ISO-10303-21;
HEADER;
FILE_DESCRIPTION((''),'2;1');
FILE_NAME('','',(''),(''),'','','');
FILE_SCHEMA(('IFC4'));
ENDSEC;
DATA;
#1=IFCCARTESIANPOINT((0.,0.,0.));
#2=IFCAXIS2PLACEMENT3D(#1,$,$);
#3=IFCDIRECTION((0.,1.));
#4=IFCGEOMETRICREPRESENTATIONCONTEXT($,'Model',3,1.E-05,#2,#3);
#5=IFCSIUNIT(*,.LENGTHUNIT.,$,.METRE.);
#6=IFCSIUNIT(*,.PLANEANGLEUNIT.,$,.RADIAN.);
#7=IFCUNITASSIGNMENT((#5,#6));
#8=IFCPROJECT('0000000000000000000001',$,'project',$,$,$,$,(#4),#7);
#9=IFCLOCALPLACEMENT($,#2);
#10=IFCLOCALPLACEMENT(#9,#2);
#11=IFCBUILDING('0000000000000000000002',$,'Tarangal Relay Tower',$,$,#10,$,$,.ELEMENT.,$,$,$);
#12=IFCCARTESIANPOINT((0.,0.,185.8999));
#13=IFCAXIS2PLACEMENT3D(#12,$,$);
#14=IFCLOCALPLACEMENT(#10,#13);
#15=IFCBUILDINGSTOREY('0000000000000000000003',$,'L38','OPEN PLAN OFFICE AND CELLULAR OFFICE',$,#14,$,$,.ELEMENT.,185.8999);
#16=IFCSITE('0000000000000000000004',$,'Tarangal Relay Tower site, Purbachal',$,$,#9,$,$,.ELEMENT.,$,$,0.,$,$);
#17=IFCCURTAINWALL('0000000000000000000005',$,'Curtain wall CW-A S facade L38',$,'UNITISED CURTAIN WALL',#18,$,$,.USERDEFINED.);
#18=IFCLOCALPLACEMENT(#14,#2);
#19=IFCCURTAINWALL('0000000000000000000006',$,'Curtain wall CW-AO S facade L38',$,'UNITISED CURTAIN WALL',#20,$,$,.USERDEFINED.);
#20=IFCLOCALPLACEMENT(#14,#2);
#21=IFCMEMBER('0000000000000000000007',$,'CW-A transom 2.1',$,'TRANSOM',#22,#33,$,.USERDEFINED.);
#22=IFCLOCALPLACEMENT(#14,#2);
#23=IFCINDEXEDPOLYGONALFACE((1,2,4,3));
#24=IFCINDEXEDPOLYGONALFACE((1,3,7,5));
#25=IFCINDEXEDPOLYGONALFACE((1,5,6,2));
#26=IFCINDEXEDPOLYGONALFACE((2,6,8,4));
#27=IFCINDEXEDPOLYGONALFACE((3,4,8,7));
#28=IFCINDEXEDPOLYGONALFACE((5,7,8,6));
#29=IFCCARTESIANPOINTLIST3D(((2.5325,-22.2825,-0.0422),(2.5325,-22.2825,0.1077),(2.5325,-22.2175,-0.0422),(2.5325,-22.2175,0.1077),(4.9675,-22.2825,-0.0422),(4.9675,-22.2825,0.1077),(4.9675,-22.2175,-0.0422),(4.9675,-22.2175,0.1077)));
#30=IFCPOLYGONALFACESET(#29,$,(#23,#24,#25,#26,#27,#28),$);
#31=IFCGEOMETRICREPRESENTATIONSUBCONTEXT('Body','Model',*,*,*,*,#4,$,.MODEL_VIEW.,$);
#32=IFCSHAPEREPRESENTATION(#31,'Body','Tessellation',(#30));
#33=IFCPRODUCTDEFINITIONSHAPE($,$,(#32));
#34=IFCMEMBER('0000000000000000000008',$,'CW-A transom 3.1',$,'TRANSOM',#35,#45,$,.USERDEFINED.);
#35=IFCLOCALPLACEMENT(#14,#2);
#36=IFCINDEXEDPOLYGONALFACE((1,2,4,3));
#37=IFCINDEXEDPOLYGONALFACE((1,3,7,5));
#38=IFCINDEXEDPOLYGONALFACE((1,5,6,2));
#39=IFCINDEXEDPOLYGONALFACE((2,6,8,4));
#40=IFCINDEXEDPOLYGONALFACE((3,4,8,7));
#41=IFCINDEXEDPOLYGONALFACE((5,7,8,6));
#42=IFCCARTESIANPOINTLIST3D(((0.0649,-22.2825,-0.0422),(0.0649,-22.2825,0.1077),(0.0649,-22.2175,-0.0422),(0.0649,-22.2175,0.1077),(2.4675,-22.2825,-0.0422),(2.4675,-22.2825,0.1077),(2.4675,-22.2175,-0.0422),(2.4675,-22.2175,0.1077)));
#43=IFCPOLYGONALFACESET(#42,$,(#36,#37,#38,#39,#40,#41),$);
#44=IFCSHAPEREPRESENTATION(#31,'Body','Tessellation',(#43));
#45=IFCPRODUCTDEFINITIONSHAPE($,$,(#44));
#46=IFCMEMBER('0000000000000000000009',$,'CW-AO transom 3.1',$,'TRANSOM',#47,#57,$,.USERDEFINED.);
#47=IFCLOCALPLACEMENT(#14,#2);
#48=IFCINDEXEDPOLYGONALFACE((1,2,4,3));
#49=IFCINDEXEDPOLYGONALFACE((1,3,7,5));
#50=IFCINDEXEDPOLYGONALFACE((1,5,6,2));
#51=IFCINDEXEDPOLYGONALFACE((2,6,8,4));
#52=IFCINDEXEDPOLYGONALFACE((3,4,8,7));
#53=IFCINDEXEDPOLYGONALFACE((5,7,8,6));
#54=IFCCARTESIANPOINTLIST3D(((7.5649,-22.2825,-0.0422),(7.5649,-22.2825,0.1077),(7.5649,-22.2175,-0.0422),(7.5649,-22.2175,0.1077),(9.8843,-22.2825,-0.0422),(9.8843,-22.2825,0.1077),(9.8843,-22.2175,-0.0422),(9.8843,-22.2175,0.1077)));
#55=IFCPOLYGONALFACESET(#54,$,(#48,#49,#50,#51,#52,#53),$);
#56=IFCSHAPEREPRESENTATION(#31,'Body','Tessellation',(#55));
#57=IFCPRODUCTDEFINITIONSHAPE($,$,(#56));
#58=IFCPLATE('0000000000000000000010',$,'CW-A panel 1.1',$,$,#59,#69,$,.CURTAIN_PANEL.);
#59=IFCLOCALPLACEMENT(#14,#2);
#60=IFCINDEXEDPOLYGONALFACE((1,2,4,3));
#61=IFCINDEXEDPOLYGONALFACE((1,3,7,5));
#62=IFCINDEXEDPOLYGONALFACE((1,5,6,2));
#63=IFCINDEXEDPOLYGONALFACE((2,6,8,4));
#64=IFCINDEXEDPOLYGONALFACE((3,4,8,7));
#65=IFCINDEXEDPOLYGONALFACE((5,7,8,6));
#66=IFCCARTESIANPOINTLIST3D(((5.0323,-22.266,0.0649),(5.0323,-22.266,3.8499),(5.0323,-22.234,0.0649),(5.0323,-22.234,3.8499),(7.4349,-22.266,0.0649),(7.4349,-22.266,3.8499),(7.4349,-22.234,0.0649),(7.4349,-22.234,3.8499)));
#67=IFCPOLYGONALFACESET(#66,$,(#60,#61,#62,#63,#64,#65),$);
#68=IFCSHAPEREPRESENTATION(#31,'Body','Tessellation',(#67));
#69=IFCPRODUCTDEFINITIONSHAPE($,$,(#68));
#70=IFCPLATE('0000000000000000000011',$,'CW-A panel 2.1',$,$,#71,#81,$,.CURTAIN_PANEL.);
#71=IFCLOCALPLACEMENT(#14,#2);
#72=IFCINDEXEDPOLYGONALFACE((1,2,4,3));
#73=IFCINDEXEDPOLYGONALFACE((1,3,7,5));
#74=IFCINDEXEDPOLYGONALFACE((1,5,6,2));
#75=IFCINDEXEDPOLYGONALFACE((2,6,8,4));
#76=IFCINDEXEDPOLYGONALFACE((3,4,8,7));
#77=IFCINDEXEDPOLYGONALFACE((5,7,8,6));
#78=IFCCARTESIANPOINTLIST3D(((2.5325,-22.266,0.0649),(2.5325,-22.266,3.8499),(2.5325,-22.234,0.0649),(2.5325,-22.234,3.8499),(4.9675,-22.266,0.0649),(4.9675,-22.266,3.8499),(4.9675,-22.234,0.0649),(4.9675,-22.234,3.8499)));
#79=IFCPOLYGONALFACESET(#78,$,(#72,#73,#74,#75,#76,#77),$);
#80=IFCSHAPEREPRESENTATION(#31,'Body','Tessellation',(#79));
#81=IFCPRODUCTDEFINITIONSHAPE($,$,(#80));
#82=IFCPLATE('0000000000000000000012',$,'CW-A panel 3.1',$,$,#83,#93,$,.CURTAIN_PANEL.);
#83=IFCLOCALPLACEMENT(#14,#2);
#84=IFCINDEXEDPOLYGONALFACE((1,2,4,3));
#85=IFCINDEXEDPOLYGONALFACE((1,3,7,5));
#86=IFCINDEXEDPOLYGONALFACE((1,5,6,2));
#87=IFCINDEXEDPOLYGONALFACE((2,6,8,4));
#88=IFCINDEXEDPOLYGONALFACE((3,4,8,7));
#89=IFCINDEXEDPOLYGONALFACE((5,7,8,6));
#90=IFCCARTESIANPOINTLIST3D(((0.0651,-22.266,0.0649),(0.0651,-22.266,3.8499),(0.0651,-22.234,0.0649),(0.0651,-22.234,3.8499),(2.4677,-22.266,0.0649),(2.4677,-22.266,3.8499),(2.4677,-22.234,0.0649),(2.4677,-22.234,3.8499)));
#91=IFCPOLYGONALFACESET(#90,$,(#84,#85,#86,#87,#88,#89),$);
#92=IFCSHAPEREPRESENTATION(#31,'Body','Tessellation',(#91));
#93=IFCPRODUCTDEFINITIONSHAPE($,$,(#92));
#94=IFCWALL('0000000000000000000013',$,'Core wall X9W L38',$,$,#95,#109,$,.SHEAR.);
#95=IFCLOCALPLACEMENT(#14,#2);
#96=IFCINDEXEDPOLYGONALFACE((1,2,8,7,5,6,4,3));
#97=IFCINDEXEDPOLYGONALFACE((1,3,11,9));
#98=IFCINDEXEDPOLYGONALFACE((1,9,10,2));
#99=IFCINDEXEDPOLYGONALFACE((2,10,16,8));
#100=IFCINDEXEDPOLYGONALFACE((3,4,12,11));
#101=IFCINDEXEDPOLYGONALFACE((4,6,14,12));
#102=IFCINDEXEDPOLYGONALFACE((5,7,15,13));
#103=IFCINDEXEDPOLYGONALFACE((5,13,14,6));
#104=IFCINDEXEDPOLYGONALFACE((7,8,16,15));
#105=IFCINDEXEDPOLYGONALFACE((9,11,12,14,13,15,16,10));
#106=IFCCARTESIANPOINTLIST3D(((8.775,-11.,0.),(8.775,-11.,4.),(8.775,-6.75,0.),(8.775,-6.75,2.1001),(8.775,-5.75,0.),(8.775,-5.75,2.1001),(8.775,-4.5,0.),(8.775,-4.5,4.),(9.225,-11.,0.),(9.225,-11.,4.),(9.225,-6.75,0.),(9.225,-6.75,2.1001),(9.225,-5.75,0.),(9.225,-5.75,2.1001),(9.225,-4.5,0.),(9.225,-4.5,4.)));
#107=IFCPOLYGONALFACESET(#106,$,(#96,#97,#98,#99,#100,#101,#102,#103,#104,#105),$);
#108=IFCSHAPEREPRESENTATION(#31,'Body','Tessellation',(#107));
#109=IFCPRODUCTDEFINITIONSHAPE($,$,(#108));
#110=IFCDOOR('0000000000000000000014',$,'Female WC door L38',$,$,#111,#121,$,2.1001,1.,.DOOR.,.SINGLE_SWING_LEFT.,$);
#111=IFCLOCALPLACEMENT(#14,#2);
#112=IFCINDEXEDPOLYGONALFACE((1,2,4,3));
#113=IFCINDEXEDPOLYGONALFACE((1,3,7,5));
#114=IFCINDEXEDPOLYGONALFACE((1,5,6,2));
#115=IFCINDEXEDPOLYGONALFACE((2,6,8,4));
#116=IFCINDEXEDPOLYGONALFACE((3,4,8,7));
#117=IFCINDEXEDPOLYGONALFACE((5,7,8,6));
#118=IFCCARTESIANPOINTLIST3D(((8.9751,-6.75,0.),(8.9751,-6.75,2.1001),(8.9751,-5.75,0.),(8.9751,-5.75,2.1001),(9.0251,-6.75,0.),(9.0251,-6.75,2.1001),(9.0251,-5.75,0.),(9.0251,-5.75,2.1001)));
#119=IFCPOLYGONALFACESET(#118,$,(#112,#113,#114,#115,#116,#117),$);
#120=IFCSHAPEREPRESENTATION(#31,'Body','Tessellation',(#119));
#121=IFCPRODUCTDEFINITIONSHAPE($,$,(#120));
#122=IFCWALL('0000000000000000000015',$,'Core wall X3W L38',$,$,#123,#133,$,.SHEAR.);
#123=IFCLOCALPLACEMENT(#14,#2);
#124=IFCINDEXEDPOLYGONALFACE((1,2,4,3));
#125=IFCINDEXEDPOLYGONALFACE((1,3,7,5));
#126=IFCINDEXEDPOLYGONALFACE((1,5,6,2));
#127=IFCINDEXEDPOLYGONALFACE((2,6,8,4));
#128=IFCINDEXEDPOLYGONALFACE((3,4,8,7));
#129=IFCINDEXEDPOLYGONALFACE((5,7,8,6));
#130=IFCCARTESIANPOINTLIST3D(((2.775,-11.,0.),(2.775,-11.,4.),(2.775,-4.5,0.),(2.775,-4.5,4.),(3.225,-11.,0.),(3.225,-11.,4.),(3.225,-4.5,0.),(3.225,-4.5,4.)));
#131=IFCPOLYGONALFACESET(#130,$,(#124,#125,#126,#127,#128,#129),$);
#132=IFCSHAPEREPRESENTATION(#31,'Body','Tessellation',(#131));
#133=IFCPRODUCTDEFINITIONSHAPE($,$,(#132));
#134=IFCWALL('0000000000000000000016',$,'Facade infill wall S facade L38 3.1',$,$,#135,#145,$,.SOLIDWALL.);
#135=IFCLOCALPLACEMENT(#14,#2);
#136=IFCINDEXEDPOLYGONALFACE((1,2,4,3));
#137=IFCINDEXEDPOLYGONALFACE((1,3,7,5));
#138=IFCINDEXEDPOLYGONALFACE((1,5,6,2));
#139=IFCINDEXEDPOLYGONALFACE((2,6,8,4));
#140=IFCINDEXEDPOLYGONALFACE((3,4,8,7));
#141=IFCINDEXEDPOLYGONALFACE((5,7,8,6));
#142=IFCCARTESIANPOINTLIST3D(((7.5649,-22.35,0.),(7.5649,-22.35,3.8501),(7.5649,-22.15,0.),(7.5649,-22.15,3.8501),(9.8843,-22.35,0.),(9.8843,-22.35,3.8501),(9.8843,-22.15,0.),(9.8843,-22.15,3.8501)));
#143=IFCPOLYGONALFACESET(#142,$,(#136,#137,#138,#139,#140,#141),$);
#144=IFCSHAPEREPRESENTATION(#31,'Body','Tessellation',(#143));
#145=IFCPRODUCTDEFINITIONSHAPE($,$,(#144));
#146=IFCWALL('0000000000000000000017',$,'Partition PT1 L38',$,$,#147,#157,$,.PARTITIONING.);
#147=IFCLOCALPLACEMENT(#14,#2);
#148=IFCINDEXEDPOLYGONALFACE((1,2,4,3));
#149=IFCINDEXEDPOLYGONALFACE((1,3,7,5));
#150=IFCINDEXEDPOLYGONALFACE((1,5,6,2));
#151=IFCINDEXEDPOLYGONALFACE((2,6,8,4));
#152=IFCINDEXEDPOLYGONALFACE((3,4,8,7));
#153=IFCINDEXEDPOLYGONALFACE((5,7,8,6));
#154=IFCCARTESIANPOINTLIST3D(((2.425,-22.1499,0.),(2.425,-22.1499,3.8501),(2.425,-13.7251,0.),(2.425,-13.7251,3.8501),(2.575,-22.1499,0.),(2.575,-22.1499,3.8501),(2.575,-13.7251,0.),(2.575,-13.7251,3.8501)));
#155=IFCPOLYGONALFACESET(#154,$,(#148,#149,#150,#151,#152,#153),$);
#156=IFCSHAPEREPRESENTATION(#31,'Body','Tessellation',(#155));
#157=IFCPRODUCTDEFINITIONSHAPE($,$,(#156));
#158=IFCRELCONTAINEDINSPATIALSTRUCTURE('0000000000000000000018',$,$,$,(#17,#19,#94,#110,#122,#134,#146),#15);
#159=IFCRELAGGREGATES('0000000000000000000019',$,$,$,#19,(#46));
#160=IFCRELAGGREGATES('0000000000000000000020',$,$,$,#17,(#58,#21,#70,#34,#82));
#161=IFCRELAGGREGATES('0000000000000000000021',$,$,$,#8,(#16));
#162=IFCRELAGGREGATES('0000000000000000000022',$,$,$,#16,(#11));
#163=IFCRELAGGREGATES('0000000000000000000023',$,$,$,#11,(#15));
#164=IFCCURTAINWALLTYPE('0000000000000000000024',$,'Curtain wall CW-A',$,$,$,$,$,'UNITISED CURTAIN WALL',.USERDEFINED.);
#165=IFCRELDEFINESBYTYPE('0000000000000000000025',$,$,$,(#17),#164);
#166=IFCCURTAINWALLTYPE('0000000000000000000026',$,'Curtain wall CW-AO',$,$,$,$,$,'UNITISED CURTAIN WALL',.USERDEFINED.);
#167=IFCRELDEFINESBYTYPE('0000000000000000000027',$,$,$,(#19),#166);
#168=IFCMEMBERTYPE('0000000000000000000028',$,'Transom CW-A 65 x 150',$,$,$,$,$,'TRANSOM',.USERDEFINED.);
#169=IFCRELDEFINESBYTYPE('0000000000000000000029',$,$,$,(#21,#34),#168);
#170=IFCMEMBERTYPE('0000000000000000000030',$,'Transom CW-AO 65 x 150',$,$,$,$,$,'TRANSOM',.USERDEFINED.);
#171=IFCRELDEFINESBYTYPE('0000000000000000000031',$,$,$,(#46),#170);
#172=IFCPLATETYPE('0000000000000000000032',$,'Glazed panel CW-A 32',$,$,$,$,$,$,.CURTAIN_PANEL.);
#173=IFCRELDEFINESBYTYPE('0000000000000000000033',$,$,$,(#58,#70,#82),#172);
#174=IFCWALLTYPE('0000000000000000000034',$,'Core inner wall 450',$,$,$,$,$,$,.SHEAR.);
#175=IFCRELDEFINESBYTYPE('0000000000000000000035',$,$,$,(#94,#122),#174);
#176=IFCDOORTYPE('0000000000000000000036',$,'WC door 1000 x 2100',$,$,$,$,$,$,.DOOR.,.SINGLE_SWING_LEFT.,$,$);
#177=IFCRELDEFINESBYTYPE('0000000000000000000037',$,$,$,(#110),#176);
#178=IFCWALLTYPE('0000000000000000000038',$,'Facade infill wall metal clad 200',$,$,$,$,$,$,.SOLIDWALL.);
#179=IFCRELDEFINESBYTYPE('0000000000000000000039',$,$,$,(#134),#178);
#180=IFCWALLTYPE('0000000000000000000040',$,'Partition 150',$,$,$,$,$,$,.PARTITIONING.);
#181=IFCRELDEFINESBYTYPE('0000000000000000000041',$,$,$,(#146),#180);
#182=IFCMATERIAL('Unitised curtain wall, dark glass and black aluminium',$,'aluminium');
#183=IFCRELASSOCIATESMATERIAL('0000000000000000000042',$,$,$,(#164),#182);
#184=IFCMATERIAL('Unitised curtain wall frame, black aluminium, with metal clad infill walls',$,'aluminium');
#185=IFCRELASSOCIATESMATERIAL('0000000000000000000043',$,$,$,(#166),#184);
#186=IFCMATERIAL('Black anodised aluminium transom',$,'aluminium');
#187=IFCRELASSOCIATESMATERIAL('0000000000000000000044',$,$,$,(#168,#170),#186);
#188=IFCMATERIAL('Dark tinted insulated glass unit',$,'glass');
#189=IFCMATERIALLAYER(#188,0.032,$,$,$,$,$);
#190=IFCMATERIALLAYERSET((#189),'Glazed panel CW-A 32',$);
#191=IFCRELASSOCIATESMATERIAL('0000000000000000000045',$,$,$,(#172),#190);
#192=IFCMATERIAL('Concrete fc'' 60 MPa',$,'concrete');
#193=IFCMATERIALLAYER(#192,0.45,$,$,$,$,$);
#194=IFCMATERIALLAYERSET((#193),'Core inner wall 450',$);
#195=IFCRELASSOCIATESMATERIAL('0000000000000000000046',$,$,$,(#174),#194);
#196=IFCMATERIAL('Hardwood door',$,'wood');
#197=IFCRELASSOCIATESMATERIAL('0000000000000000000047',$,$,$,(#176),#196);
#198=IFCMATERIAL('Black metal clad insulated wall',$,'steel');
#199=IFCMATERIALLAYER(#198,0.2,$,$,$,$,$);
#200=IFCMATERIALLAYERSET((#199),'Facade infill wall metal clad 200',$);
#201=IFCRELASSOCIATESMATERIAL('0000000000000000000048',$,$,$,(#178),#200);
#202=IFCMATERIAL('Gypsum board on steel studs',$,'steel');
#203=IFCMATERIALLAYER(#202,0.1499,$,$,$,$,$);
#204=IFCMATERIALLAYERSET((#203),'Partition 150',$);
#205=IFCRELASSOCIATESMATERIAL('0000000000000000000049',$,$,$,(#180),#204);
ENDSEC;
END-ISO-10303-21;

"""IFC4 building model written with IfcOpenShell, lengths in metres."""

from ifc_helpers import new_model, si_unit, direction, frame, frame_2d, origin, origin_2d, place, context, subcontext, project, spatial, rectangle, extrude, material, layer, layer_set, material_profile, profile_set, type_object, element, fill, aggregate, save


model = new_model("IFC4")

# Units and contexts
model_context = context("Model", 3, precision=1e-05, world=origin(), true_north=direction((0.0, 1.0)))
body_context = subcontext(model_context, "Body", "Model", "MODEL_VIEW")
ifc_project = project(units=[si_unit("LENGTHUNIT", "METRE"), si_unit("PLANEANGLEUNIT", "RADIAN")], contexts=[model_context])

# Site, building, storey
site_placement = place(None, origin())
site = spatial("IfcSite", under=ifc_project, at=site_placement, Name="Tarangal Relay Tower site, Purbachal", CompositionType="ELEMENT", RefElevation=0.0)
building_placement = place(site_placement, origin())
building = spatial("IfcBuilding", under=site, at=building_placement, Name="Tarangal Relay Tower", CompositionType="ELEMENT")
storey_placement = place(building_placement, frame((0.0, 0.0, 185.8999)))
storey = spatial("IfcBuildingStorey", under=building, at=storey_placement, Name="L38", Description="OPEN PLAN OFFICE AND CELLULAR OFFICE", CompositionType="ELEMENT", Elevation=185.8999)

# Curtain walls
ifc_material_1 = material(Name="Unitised curtain wall, dark glass and black aluminium", Category="aluminium")
curtain_wall_type_1 = type_object("IfcCurtainWallType", Name="Curtain wall CW-A", ElementType="UNITISED CURTAIN WALL", PredefinedType="USERDEFINED", material=ifc_material_1)
curtain_wall_1_placement = place(storey_placement, origin())
curtain_wall_1 = element("IfcCurtainWall", 1, at=curtain_wall_1_placement, inside=storey, type_object=curtain_wall_type_1, Name="Curtain wall CW-A S facade L38", ObjectType="UNITISED CURTAIN WALL", PredefinedType="USERDEFINED")
ifc_material_2 = material(Name="Unitised curtain wall frame, black aluminium, with metal clad infill walls", Category="aluminium")
curtain_wall_type_2 = type_object("IfcCurtainWallType", Name="Curtain wall CW-AO", ElementType="UNITISED CURTAIN WALL", PredefinedType="USERDEFINED", material=ifc_material_2)
curtain_wall_2_placement = place(storey_placement, origin())
curtain_wall_2 = element("IfcCurtainWall", 2, at=curtain_wall_2_placement, inside=storey, type_object=curtain_wall_type_2, Name="Curtain wall CW-AO S facade L38", ObjectType="UNITISED CURTAIN WALL", PredefinedType="USERDEFINED")

# Members
ifc_material_3 = material(Name="Black anodised aluminium transom", Category="aluminium")
ifc_material_profile_1 = material_profile(ifc_material_3, rectangle(XDim=0.0649, YDim=0.1499, at=origin_2d()), Name="CW-AT 65X150")
ifc_profile_set_1 = profile_set([ifc_material_profile_1], Name="Black anodised aluminium transom")
member_type_1 = type_object("IfcMemberType", Name="Transom CW-A 65 x 150", ElementType="TRANSOM", PredefinedType="USERDEFINED", material=ifc_profile_set_1)
member_1_placement = place(storey_placement, frame((4.9675, -22.25, 0.0327), z_axis=(-1.0, 0.0, 0.0), x_axis=(0.0, -1.0, 0.0)))
member_1 = element("IfcMember", 3, at=member_1_placement, type_object=member_type_1, Name="CW-A transom 2.1", ObjectType="TRANSOM", PredefinedType="USERDEFINED", context=body_context, shape_type="SweptSolid", body=[
    extrude(rectangle(XDim=0.0649, YDim=0.1499, at=origin_2d()), origin(), (0.0, 0.0, 1.0), 2.4351),
])
member_2_placement = place(storey_placement, frame((2.4675, -22.25, 0.0327), z_axis=(-1.0, 0.0, 0.0), x_axis=(0.0, -1.0, 0.0)))
member_2 = element("IfcMember", 4, at=member_2_placement, type_object=member_type_1, Name="CW-A transom 3.1", ObjectType="TRANSOM", PredefinedType="USERDEFINED", context=body_context, shape_type="SweptSolid", body=[
    extrude(rectangle(XDim=0.0649, YDim=0.1499, at=origin_2d()), origin(), (0.0, 0.0, 1.0), 2.4026),
])
ifc_material_profile_2 = material_profile(ifc_material_3, rectangle(XDim=0.0649, YDim=0.1499, at=origin_2d()), Name="CW-AOT 65X150")
ifc_profile_set_2 = profile_set([ifc_material_profile_2], Name="Black anodised aluminium transom")
member_type_2 = type_object("IfcMemberType", Name="Transom CW-AO 65 x 150", ElementType="TRANSOM", PredefinedType="USERDEFINED", material=ifc_profile_set_2)
member_3_placement = place(storey_placement, frame((9.8843, -22.25, 0.0327), z_axis=(-1.0, 0.0, 0.0), x_axis=(0.0, -1.0, 0.0)))
member_3 = element("IfcMember", 5, at=member_3_placement, type_object=member_type_2, Name="CW-AO transom 3.1", ObjectType="TRANSOM", PredefinedType="USERDEFINED", context=body_context, shape_type="SweptSolid", body=[
    extrude(rectangle(XDim=0.0649, YDim=0.1499, at=origin_2d()), origin(), (0.0, 0.0, 1.0), 2.3193),
])
aggregate(curtain_wall_2, [member_3])

# Plates
ifc_material_4 = material(Name="Dark tinted insulated glass unit", Category="glass")
ifc_layer_1 = layer(ifc_material_4, 0.032)
ifc_layer_set_1 = layer_set([ifc_layer_1], Name="Glazed panel CW-A 32")
plate_type = type_object("IfcPlateType", Name="Glazed panel CW-A 32", PredefinedType="CURTAIN_PANEL", material=ifc_layer_set_1)
plate_1_placement = place(storey_placement, frame((6.2336, -22.25, 0.0649), z_axis=(0.0, 0.0, 1.0), x_axis=(-1.0, 0.0, 0.0)))
plate_1 = element("IfcPlate", 6, at=plate_1_placement, type_object=plate_type, Name="CW-A panel 1.1", PredefinedType="CURTAIN_PANEL", context=body_context, shape_type="SweptSolid", body=[
    extrude(rectangle(XDim=2.4026, YDim=0.032, at=origin_2d()), origin(), (0.0, 0.0, 1.0), 3.7849),
])
plate_2_placement = place(storey_placement, frame((3.75, -22.25, 0.0649), z_axis=(0.0, 0.0, 1.0), x_axis=(-1.0, 0.0, 0.0)))
plate_2 = element("IfcPlate", 7, at=plate_2_placement, type_object=plate_type, Name="CW-A panel 2.1", PredefinedType="CURTAIN_PANEL", context=body_context, shape_type="SweptSolid", body=[
    extrude(rectangle(XDim=2.4351, YDim=0.032, at=origin_2d()), origin(), (0.0, 0.0, 1.0), 3.7849),
])
plate_3_placement = place(storey_placement, frame((1.2664, -22.25, 0.0649), z_axis=(0.0, 0.0, 1.0), x_axis=(-1.0, 0.0, 0.0)))
plate_3 = element("IfcPlate", 8, at=plate_3_placement, type_object=plate_type, Name="CW-A panel 3.1", PredefinedType="CURTAIN_PANEL", context=body_context, shape_type="SweptSolid", body=[
    extrude(rectangle(XDim=2.4026, YDim=0.032, at=origin_2d()), origin(), (0.0, 0.0, 1.0), 3.7849),
])
aggregate(curtain_wall_1, [plate_1, member_1, plate_2, member_2, plate_3])

# Wall, opening, door
ifc_material_5 = material(Name="Concrete fc' 60 MPa", Category="concrete")
ifc_layer_2 = layer(ifc_material_5, 0.45)
ifc_layer_set_2 = layer_set([ifc_layer_2], Name="Core inner wall 450")
wall_type_1 = type_object("IfcWallType", Name="Core inner wall 450", PredefinedType="SHEAR", material=ifc_layer_set_2)
wall_1_placement = place(storey_placement, frame((9.0, -11.0, 0.0), z_axis=(0.0, 0.0, 1.0), x_axis=(0.0, 1.0, 0.0)))
wall_1 = element("IfcWall", 9, at=wall_1_placement, inside=storey, type_object=wall_type_1, Name="Core wall X9W L38", PredefinedType="SHEAR", context=body_context, shape_type="SweptSolid", body=[
    extrude(rectangle(XDim=6.5, YDim=0.45, at=frame_2d((3.25, 0.0))), origin(), (0.0, 0.0, 1.0), 4.0),
])
opening_1_placement = place(wall_1_placement, frame((4.25, 0.0, 0.0)))
opening_1 = element("IfcOpeningElement", 10, at=opening_1_placement, cuts=wall_1, PredefinedType="OPENING", context=body_context, shape_type="SweptSolid", body=[
    extrude(rectangle(XDim=1.0, YDim=2.1001, at=frame_2d((0.5, 1.05))), frame((0.0, 0.2349, 0.0), z_axis=(0.0, -1.0, 0.0), x_axis=(1.0, 0.0, 0.0)), (0.0, 0.0, 1.0), 0.47),
])
ifc_material_6 = material(Name="Hardwood door", Category="wood")
door_type_1 = type_object("IfcDoorType", Name="WC door 1000 x 2100", OperationType="SINGLE_SWING_LEFT", PredefinedType="DOOR", material=ifc_material_6)
door_1_placement = place(opening_1_placement, origin())
door_1 = element("IfcDoor", 11, at=door_1_placement, inside=storey, type_object=door_type_1, Name="Female WC door L38", OperationType="SINGLE_SWING_LEFT", OverallHeight=2.1001, OverallWidth=1.0, PredefinedType="DOOR", context=body_context, shape_type="SweptSolid", body=[
    extrude(rectangle(XDim=1.0, YDim=2.1001, at=frame_2d((0.5, 1.05))), frame((0.0, 0.0249, 0.0), z_axis=(0.0, -1.0, 0.0), x_axis=(1.0, 0.0, 0.0)), (0.0, 0.0, 1.0), 0.05),
])
fill(opening_1, door_1)

# Walls
wall_2_placement = place(storey_placement, frame((3.0, -11.0, 0.0), z_axis=(0.0, 0.0, 1.0), x_axis=(0.0, 1.0, 0.0)))
element("IfcWall", 12, at=wall_2_placement, inside=storey, type_object=wall_type_1, Name="Core wall X3W L38", PredefinedType="SHEAR", context=body_context, shape_type="SweptSolid", body=[
    extrude(rectangle(XDim=6.5, YDim=0.45, at=frame_2d((3.25, 0.0))), origin(), (0.0, 0.0, 1.0), 4.0),
])
ifc_material_7 = material(Name="Black metal clad insulated wall", Category="steel")
ifc_layer_3 = layer(ifc_material_7, 0.2)
ifc_layer_set_3 = layer_set([ifc_layer_3], Name="Facade infill wall metal clad 200")
wall_type_2 = type_object("IfcWallType", Name="Facade infill wall metal clad 200", PredefinedType="SOLIDWALL", material=ifc_layer_set_3)
wall_3_placement = place(storey_placement, frame((9.8843, -22.25, 0.0), z_axis=(0.0, 0.0, 1.0), x_axis=(-1.0, 0.0, 0.0)))
element("IfcWall", 13, at=wall_3_placement, inside=storey, type_object=wall_type_2, Name="Facade infill wall S facade L38 3.1", PredefinedType="SOLIDWALL", context=body_context, shape_type="SweptSolid", body=[
    extrude(rectangle(XDim=2.3193, YDim=0.2, at=frame_2d((1.1597, 0.0))), origin(), (0.0, 0.0, 1.0), 3.8501),
])
ifc_material_8 = material(Name="Gypsum board on steel studs", Category="steel")
ifc_layer_4 = layer(ifc_material_8, 0.1499)
ifc_layer_set_4 = layer_set([ifc_layer_4], Name="Partition 150")
wall_type_3 = type_object("IfcWallType", Name="Partition 150", PredefinedType="PARTITIONING", material=ifc_layer_set_4)
wall_4_placement = place(storey_placement, frame((2.5, -22.1499, 0.0), z_axis=(0.0, 0.0, 1.0), x_axis=(0.0, 1.0, 0.0)))
element("IfcWall", 14, at=wall_4_placement, inside=storey, type_object=wall_type_3, Name="Partition PT1 L38", PredefinedType="PARTITIONING", context=body_context, shape_type="SweptSolid", body=[
    extrude(rectangle(XDim=8.4248, YDim=0.1499, at=frame_2d((4.2124, 0.0))), origin(), (0.0, 0.0, 1.0), 3.8501),
])

save(model, "model.ifc")
